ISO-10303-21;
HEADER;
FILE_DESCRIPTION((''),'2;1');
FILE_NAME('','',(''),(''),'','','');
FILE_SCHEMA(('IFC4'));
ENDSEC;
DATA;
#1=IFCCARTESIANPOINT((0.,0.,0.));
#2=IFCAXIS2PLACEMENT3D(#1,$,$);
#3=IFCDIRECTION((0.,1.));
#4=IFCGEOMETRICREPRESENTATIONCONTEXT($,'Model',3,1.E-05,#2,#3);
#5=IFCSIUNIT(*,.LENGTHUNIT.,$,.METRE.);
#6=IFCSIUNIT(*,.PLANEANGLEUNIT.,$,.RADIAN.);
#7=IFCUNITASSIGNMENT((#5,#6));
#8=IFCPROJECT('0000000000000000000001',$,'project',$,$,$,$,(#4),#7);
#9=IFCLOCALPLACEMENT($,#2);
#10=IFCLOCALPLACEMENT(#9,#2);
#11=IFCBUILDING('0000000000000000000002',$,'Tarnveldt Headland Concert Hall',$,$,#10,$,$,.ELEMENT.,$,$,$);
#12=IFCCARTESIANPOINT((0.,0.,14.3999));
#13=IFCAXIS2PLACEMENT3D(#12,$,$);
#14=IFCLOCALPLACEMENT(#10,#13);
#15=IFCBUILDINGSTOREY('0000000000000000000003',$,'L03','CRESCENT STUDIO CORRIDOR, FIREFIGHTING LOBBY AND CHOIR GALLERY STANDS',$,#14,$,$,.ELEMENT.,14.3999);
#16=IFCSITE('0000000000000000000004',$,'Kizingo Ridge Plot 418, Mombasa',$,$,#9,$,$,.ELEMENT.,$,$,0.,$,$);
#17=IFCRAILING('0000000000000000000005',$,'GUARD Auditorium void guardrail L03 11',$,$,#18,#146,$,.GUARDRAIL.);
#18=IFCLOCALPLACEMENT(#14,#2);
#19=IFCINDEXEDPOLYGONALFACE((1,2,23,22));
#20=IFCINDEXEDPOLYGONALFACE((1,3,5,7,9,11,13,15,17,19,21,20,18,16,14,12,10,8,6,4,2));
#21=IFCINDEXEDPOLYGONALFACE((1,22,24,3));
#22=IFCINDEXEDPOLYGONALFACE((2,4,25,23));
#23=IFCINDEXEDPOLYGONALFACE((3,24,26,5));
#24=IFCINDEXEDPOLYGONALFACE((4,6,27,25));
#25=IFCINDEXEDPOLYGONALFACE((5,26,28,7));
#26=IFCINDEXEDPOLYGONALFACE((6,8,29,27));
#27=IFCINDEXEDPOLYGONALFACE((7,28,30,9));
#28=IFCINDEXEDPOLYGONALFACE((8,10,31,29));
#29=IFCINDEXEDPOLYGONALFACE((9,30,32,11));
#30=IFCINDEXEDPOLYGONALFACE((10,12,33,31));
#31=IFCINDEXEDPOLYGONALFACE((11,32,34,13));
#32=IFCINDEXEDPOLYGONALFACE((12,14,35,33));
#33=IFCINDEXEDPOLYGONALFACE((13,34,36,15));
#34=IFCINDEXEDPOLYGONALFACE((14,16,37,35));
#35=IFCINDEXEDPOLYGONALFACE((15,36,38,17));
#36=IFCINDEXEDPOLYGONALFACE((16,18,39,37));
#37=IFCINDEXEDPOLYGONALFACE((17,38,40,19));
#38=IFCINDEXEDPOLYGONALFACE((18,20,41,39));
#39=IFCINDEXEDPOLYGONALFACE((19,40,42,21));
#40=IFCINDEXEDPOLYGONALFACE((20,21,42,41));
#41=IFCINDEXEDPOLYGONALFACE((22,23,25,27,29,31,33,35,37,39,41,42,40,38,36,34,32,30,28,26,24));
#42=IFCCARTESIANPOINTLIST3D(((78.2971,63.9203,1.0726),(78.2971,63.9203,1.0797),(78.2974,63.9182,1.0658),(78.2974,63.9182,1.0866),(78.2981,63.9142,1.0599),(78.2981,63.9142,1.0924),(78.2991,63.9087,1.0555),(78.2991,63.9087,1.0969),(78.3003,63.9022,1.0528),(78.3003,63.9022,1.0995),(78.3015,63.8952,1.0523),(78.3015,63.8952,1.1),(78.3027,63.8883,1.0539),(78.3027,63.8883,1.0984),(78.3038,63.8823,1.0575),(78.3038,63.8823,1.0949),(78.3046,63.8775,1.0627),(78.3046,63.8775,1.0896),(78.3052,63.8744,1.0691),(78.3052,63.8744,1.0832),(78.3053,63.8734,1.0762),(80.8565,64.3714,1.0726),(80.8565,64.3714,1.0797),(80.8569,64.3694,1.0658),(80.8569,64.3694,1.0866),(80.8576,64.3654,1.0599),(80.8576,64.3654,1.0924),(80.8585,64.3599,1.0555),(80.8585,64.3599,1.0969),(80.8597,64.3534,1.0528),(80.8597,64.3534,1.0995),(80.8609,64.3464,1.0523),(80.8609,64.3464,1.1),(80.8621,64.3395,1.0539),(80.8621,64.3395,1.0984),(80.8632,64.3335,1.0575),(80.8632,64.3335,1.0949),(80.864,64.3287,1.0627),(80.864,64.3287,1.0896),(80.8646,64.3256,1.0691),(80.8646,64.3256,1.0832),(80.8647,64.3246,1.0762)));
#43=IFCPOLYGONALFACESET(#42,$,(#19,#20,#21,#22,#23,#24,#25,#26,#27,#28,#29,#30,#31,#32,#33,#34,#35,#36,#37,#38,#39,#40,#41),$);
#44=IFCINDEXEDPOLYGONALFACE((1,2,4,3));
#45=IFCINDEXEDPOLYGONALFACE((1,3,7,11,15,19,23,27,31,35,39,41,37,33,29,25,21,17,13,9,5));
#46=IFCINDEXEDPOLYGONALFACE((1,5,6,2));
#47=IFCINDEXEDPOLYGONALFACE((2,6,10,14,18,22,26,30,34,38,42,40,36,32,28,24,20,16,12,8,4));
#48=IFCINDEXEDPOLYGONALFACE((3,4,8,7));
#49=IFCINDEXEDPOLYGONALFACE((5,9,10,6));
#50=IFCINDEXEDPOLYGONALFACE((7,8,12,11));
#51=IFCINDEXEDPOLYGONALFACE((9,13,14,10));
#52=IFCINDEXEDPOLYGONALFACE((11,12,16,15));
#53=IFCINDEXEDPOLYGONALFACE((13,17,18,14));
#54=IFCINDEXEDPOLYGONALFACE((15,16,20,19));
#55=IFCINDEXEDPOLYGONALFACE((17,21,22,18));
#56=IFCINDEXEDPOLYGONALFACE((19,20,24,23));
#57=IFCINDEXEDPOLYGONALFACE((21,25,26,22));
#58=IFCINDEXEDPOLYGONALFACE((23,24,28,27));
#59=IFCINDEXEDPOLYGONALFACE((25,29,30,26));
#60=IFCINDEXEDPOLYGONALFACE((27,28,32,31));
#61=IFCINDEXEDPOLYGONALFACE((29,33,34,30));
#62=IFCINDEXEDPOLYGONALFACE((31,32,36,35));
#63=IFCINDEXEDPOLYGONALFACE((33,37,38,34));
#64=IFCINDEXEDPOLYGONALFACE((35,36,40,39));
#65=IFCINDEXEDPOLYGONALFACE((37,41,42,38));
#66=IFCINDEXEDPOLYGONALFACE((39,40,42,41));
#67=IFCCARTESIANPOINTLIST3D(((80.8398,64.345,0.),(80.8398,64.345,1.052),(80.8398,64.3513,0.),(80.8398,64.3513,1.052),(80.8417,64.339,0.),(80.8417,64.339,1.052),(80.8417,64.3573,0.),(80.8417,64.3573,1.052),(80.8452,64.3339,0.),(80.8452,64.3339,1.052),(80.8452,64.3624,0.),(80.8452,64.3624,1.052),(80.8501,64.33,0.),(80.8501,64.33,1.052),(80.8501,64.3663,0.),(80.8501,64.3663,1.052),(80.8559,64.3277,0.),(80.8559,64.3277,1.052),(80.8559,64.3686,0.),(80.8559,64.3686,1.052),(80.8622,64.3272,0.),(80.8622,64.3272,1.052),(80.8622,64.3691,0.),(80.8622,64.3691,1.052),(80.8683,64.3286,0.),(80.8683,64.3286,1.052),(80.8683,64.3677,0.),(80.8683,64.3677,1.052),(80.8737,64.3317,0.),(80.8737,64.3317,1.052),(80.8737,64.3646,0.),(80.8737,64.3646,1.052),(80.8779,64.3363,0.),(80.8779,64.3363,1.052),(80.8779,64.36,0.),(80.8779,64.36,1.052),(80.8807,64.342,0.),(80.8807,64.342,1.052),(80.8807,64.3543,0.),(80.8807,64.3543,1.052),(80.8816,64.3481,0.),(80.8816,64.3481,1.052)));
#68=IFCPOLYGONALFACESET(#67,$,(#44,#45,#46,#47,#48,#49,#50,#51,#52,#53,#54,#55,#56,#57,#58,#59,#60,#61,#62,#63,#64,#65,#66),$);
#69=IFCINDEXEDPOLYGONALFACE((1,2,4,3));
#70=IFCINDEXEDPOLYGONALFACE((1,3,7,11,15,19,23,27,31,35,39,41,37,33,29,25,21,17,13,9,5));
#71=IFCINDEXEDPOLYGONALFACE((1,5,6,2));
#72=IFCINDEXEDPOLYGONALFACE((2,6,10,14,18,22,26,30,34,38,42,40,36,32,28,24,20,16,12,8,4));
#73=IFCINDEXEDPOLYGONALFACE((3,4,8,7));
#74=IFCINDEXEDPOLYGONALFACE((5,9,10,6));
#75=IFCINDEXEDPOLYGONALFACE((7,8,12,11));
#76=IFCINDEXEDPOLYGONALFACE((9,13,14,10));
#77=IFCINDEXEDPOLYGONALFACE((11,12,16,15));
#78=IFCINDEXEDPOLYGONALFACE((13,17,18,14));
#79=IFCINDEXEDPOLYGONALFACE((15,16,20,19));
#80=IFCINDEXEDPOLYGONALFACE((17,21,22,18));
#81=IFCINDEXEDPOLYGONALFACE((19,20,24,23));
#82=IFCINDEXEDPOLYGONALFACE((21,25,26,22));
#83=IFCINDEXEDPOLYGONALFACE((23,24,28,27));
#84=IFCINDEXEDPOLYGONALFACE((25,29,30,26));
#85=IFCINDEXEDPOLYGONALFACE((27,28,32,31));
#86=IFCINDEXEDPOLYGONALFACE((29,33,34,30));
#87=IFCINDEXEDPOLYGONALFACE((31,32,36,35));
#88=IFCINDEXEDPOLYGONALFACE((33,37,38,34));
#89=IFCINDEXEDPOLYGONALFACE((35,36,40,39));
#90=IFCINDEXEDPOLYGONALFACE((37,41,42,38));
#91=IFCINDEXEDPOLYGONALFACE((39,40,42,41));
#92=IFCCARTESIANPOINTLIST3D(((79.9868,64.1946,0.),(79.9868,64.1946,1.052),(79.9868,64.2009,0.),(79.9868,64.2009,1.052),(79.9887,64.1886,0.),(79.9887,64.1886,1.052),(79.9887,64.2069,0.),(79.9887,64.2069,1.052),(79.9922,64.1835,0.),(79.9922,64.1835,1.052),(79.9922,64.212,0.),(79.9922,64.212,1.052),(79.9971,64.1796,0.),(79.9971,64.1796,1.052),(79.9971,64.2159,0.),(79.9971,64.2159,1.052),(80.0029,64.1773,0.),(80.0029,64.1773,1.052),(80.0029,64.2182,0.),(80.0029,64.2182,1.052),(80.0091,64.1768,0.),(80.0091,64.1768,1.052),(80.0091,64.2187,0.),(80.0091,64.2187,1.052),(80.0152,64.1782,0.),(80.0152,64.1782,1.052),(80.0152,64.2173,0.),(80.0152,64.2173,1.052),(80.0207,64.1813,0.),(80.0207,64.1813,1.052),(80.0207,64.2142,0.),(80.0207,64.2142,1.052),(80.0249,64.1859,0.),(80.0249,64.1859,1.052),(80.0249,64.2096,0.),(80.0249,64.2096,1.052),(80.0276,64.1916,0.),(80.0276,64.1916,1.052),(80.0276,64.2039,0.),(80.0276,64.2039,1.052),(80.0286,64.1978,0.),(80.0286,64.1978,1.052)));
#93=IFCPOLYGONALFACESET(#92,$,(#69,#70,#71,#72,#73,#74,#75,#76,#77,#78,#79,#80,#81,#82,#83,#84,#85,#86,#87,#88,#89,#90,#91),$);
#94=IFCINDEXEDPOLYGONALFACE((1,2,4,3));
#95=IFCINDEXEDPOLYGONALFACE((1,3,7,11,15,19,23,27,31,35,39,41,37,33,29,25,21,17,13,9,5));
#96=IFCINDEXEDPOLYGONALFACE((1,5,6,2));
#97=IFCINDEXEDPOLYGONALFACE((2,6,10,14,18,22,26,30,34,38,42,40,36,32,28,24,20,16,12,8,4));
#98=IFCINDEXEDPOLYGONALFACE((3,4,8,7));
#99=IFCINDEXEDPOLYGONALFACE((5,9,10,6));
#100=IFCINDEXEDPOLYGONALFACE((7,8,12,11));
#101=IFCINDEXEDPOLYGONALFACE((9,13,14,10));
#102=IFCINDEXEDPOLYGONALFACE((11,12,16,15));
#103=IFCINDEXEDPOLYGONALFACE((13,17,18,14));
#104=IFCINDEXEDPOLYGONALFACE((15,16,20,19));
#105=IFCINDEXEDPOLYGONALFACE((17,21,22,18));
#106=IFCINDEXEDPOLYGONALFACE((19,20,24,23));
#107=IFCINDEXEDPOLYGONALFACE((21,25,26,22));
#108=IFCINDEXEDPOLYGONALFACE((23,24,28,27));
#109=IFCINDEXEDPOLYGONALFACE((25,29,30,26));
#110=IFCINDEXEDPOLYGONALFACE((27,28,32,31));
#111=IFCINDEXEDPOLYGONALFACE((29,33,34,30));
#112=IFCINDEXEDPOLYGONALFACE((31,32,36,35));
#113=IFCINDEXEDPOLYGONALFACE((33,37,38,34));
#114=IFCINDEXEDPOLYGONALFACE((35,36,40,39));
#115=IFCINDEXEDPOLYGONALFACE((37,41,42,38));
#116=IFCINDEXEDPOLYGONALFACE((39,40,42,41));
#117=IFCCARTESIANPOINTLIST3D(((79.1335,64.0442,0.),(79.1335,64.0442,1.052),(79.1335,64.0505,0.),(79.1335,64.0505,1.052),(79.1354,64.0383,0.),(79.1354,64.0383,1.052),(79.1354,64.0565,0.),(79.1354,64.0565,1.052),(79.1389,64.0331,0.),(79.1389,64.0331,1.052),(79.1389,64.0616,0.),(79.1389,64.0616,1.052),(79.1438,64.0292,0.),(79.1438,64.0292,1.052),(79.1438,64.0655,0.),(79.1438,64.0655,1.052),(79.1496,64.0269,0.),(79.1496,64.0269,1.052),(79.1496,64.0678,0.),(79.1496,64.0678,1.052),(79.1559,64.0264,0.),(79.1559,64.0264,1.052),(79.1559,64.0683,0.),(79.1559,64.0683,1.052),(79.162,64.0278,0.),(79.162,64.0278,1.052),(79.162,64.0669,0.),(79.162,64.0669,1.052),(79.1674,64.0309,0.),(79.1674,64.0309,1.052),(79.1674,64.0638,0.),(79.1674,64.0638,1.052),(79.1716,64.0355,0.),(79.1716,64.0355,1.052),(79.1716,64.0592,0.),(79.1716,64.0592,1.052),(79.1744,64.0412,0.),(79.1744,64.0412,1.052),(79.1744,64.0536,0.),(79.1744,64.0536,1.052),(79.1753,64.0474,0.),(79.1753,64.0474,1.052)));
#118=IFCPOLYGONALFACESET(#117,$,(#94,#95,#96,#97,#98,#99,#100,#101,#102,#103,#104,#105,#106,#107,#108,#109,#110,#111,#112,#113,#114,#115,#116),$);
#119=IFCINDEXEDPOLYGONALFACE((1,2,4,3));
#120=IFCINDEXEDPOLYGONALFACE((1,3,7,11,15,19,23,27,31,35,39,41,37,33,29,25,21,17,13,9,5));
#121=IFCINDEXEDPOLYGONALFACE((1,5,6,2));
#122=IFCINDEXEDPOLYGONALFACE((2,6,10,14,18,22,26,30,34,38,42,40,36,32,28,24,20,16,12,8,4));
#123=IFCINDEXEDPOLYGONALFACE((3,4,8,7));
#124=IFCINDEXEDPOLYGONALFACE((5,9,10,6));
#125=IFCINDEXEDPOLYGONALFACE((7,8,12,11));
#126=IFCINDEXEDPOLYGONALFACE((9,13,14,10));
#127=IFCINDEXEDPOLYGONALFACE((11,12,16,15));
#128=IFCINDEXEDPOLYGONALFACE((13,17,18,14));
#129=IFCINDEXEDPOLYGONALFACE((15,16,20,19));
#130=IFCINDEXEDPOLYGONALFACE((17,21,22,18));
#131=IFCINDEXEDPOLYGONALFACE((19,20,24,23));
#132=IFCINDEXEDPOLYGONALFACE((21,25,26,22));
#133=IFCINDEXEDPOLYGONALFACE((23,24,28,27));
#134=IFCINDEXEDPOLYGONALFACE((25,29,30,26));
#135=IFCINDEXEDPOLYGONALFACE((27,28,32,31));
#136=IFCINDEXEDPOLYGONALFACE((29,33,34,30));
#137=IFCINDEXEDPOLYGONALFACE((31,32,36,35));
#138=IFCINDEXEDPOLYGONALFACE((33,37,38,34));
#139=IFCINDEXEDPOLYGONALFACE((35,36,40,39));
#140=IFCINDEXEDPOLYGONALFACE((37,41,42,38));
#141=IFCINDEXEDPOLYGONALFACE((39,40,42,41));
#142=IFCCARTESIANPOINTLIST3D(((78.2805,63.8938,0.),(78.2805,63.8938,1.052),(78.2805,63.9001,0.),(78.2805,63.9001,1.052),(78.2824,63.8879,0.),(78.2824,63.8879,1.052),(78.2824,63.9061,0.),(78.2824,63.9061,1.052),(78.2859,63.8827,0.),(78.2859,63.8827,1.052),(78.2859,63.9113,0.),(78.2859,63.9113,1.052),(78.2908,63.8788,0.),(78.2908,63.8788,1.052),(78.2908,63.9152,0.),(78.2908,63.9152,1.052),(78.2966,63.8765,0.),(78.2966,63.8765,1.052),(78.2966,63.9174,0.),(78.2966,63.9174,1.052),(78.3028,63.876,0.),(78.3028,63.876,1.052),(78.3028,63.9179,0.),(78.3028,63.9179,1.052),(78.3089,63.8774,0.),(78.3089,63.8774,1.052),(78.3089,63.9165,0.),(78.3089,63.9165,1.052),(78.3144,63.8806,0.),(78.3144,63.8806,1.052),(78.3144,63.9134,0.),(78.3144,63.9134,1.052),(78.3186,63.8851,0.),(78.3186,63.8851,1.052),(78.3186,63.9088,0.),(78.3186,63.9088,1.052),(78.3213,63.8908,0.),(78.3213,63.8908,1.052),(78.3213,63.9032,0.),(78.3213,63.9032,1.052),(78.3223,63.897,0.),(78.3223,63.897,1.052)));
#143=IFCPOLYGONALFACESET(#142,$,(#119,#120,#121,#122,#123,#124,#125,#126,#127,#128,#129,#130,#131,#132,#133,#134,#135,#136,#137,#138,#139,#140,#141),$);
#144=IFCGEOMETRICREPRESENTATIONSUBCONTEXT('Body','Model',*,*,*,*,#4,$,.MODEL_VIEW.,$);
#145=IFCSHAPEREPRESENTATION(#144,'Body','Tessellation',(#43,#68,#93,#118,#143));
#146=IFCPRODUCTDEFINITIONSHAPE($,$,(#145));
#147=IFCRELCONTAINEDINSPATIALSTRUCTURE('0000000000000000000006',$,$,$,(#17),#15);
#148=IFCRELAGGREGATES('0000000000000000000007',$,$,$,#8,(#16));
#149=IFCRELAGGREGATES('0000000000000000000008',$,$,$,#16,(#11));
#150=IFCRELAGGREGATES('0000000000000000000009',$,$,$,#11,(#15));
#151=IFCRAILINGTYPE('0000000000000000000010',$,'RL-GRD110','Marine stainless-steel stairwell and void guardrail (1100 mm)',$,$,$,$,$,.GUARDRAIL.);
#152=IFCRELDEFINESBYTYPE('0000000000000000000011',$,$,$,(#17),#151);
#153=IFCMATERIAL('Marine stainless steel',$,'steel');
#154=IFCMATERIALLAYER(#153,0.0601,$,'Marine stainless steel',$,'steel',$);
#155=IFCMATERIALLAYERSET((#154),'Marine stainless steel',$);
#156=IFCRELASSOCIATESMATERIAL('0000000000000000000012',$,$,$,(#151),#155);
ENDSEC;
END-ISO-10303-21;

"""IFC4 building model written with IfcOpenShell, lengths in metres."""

from ifc_helpers import new_model, si_unit, direction, frame, origin, origin_2d, place, context, subcontext, project, spatial, circle, extrude, material, layer, layer_set, type_object, element, save


model = new_model("IFC4")

# Units and contexts
model_context = context("Model", 3, precision=1e-05, world=origin(), true_north=direction((0.0, 1.0)))
body_context = subcontext(model_context, "Body", "Model", "MODEL_VIEW")
ifc_project = project(units=[si_unit("LENGTHUNIT", "METRE"), si_unit("PLANEANGLEUNIT", "RADIAN")], contexts=[model_context])

# Site, building, storey
site_placement = place(None, origin())
site = spatial("IfcSite", under=ifc_project, at=site_placement, Name="Kizingo Ridge Plot 418, Mombasa", CompositionType="ELEMENT", RefElevation=0.0)
building_placement = place(site_placement, origin())
building = spatial("IfcBuilding", under=site, at=building_placement, Name="Tarnveldt Headland Concert Hall", CompositionType="ELEMENT")
storey_placement = place(building_placement, frame((0.0, 0.0, 14.3999)))
storey = spatial("IfcBuildingStorey", under=building, at=storey_placement, Name="L03", Description="CRESCENT STUDIO CORRIDOR, FIREFIGHTING LOBBY AND CHOIR GALLERY STANDS", CompositionType="ELEMENT", Elevation=14.3999)

# Railing
ifc_material_1 = material(Name="Marine stainless steel", Category="steel")
ifc_layer = layer(ifc_material_1, 0.0601, Name="Marine stainless steel", Category="steel")
ifc_layer_set = layer_set([ifc_layer], Name="Marine stainless steel")
railing_type = type_object("IfcRailingType", Name="RL-GRD110", Description="Marine stainless-steel stairwell and void guardrail (1100 mm)", PredefinedType="GUARDRAIL", material=ifc_layer_set)
railing_1_placement = place(storey_placement, frame((80.8606, 64.3481, 0.0)))
element("IfcRailing", 1, at=railing_1_placement, inside=storey, type_object=railing_type, Name="GUARD Auditorium void guardrail L03 11", PredefinedType="GUARDRAIL", context=body_context, shape_type="SweptSolid", body=[
    extrude(circle(Radius=0.0239, at=origin_2d()), frame((0.0, 0.0, 1.0762), z_axis=(-0.984815, -0.173608, 0.0), x_axis=(0.173608, -0.984815, 0.0)), (0.0, 0.0, 1.0), 2.5989),
    extrude(circle(Radius=0.021, at=origin_2d()), origin(), (0.0, 0.0, 1.0), 1.052),
    extrude(circle(Radius=0.021, at=origin_2d()), frame((-0.853, -0.1504, 0.0)), (0.0, 0.0, 1.0), 1.052),
    extrude(circle(Radius=0.021, at=origin_2d()), frame((-1.7063, -0.3008, 0.0)), (0.0, 0.0, 1.0), 1.052),
    extrude(circle(Radius=0.021, at=origin_2d()), frame((-2.5593, -0.4512, 0.0)), (0.0, 0.0, 1.0), 1.052),
])

save(model, "model.ifc")
